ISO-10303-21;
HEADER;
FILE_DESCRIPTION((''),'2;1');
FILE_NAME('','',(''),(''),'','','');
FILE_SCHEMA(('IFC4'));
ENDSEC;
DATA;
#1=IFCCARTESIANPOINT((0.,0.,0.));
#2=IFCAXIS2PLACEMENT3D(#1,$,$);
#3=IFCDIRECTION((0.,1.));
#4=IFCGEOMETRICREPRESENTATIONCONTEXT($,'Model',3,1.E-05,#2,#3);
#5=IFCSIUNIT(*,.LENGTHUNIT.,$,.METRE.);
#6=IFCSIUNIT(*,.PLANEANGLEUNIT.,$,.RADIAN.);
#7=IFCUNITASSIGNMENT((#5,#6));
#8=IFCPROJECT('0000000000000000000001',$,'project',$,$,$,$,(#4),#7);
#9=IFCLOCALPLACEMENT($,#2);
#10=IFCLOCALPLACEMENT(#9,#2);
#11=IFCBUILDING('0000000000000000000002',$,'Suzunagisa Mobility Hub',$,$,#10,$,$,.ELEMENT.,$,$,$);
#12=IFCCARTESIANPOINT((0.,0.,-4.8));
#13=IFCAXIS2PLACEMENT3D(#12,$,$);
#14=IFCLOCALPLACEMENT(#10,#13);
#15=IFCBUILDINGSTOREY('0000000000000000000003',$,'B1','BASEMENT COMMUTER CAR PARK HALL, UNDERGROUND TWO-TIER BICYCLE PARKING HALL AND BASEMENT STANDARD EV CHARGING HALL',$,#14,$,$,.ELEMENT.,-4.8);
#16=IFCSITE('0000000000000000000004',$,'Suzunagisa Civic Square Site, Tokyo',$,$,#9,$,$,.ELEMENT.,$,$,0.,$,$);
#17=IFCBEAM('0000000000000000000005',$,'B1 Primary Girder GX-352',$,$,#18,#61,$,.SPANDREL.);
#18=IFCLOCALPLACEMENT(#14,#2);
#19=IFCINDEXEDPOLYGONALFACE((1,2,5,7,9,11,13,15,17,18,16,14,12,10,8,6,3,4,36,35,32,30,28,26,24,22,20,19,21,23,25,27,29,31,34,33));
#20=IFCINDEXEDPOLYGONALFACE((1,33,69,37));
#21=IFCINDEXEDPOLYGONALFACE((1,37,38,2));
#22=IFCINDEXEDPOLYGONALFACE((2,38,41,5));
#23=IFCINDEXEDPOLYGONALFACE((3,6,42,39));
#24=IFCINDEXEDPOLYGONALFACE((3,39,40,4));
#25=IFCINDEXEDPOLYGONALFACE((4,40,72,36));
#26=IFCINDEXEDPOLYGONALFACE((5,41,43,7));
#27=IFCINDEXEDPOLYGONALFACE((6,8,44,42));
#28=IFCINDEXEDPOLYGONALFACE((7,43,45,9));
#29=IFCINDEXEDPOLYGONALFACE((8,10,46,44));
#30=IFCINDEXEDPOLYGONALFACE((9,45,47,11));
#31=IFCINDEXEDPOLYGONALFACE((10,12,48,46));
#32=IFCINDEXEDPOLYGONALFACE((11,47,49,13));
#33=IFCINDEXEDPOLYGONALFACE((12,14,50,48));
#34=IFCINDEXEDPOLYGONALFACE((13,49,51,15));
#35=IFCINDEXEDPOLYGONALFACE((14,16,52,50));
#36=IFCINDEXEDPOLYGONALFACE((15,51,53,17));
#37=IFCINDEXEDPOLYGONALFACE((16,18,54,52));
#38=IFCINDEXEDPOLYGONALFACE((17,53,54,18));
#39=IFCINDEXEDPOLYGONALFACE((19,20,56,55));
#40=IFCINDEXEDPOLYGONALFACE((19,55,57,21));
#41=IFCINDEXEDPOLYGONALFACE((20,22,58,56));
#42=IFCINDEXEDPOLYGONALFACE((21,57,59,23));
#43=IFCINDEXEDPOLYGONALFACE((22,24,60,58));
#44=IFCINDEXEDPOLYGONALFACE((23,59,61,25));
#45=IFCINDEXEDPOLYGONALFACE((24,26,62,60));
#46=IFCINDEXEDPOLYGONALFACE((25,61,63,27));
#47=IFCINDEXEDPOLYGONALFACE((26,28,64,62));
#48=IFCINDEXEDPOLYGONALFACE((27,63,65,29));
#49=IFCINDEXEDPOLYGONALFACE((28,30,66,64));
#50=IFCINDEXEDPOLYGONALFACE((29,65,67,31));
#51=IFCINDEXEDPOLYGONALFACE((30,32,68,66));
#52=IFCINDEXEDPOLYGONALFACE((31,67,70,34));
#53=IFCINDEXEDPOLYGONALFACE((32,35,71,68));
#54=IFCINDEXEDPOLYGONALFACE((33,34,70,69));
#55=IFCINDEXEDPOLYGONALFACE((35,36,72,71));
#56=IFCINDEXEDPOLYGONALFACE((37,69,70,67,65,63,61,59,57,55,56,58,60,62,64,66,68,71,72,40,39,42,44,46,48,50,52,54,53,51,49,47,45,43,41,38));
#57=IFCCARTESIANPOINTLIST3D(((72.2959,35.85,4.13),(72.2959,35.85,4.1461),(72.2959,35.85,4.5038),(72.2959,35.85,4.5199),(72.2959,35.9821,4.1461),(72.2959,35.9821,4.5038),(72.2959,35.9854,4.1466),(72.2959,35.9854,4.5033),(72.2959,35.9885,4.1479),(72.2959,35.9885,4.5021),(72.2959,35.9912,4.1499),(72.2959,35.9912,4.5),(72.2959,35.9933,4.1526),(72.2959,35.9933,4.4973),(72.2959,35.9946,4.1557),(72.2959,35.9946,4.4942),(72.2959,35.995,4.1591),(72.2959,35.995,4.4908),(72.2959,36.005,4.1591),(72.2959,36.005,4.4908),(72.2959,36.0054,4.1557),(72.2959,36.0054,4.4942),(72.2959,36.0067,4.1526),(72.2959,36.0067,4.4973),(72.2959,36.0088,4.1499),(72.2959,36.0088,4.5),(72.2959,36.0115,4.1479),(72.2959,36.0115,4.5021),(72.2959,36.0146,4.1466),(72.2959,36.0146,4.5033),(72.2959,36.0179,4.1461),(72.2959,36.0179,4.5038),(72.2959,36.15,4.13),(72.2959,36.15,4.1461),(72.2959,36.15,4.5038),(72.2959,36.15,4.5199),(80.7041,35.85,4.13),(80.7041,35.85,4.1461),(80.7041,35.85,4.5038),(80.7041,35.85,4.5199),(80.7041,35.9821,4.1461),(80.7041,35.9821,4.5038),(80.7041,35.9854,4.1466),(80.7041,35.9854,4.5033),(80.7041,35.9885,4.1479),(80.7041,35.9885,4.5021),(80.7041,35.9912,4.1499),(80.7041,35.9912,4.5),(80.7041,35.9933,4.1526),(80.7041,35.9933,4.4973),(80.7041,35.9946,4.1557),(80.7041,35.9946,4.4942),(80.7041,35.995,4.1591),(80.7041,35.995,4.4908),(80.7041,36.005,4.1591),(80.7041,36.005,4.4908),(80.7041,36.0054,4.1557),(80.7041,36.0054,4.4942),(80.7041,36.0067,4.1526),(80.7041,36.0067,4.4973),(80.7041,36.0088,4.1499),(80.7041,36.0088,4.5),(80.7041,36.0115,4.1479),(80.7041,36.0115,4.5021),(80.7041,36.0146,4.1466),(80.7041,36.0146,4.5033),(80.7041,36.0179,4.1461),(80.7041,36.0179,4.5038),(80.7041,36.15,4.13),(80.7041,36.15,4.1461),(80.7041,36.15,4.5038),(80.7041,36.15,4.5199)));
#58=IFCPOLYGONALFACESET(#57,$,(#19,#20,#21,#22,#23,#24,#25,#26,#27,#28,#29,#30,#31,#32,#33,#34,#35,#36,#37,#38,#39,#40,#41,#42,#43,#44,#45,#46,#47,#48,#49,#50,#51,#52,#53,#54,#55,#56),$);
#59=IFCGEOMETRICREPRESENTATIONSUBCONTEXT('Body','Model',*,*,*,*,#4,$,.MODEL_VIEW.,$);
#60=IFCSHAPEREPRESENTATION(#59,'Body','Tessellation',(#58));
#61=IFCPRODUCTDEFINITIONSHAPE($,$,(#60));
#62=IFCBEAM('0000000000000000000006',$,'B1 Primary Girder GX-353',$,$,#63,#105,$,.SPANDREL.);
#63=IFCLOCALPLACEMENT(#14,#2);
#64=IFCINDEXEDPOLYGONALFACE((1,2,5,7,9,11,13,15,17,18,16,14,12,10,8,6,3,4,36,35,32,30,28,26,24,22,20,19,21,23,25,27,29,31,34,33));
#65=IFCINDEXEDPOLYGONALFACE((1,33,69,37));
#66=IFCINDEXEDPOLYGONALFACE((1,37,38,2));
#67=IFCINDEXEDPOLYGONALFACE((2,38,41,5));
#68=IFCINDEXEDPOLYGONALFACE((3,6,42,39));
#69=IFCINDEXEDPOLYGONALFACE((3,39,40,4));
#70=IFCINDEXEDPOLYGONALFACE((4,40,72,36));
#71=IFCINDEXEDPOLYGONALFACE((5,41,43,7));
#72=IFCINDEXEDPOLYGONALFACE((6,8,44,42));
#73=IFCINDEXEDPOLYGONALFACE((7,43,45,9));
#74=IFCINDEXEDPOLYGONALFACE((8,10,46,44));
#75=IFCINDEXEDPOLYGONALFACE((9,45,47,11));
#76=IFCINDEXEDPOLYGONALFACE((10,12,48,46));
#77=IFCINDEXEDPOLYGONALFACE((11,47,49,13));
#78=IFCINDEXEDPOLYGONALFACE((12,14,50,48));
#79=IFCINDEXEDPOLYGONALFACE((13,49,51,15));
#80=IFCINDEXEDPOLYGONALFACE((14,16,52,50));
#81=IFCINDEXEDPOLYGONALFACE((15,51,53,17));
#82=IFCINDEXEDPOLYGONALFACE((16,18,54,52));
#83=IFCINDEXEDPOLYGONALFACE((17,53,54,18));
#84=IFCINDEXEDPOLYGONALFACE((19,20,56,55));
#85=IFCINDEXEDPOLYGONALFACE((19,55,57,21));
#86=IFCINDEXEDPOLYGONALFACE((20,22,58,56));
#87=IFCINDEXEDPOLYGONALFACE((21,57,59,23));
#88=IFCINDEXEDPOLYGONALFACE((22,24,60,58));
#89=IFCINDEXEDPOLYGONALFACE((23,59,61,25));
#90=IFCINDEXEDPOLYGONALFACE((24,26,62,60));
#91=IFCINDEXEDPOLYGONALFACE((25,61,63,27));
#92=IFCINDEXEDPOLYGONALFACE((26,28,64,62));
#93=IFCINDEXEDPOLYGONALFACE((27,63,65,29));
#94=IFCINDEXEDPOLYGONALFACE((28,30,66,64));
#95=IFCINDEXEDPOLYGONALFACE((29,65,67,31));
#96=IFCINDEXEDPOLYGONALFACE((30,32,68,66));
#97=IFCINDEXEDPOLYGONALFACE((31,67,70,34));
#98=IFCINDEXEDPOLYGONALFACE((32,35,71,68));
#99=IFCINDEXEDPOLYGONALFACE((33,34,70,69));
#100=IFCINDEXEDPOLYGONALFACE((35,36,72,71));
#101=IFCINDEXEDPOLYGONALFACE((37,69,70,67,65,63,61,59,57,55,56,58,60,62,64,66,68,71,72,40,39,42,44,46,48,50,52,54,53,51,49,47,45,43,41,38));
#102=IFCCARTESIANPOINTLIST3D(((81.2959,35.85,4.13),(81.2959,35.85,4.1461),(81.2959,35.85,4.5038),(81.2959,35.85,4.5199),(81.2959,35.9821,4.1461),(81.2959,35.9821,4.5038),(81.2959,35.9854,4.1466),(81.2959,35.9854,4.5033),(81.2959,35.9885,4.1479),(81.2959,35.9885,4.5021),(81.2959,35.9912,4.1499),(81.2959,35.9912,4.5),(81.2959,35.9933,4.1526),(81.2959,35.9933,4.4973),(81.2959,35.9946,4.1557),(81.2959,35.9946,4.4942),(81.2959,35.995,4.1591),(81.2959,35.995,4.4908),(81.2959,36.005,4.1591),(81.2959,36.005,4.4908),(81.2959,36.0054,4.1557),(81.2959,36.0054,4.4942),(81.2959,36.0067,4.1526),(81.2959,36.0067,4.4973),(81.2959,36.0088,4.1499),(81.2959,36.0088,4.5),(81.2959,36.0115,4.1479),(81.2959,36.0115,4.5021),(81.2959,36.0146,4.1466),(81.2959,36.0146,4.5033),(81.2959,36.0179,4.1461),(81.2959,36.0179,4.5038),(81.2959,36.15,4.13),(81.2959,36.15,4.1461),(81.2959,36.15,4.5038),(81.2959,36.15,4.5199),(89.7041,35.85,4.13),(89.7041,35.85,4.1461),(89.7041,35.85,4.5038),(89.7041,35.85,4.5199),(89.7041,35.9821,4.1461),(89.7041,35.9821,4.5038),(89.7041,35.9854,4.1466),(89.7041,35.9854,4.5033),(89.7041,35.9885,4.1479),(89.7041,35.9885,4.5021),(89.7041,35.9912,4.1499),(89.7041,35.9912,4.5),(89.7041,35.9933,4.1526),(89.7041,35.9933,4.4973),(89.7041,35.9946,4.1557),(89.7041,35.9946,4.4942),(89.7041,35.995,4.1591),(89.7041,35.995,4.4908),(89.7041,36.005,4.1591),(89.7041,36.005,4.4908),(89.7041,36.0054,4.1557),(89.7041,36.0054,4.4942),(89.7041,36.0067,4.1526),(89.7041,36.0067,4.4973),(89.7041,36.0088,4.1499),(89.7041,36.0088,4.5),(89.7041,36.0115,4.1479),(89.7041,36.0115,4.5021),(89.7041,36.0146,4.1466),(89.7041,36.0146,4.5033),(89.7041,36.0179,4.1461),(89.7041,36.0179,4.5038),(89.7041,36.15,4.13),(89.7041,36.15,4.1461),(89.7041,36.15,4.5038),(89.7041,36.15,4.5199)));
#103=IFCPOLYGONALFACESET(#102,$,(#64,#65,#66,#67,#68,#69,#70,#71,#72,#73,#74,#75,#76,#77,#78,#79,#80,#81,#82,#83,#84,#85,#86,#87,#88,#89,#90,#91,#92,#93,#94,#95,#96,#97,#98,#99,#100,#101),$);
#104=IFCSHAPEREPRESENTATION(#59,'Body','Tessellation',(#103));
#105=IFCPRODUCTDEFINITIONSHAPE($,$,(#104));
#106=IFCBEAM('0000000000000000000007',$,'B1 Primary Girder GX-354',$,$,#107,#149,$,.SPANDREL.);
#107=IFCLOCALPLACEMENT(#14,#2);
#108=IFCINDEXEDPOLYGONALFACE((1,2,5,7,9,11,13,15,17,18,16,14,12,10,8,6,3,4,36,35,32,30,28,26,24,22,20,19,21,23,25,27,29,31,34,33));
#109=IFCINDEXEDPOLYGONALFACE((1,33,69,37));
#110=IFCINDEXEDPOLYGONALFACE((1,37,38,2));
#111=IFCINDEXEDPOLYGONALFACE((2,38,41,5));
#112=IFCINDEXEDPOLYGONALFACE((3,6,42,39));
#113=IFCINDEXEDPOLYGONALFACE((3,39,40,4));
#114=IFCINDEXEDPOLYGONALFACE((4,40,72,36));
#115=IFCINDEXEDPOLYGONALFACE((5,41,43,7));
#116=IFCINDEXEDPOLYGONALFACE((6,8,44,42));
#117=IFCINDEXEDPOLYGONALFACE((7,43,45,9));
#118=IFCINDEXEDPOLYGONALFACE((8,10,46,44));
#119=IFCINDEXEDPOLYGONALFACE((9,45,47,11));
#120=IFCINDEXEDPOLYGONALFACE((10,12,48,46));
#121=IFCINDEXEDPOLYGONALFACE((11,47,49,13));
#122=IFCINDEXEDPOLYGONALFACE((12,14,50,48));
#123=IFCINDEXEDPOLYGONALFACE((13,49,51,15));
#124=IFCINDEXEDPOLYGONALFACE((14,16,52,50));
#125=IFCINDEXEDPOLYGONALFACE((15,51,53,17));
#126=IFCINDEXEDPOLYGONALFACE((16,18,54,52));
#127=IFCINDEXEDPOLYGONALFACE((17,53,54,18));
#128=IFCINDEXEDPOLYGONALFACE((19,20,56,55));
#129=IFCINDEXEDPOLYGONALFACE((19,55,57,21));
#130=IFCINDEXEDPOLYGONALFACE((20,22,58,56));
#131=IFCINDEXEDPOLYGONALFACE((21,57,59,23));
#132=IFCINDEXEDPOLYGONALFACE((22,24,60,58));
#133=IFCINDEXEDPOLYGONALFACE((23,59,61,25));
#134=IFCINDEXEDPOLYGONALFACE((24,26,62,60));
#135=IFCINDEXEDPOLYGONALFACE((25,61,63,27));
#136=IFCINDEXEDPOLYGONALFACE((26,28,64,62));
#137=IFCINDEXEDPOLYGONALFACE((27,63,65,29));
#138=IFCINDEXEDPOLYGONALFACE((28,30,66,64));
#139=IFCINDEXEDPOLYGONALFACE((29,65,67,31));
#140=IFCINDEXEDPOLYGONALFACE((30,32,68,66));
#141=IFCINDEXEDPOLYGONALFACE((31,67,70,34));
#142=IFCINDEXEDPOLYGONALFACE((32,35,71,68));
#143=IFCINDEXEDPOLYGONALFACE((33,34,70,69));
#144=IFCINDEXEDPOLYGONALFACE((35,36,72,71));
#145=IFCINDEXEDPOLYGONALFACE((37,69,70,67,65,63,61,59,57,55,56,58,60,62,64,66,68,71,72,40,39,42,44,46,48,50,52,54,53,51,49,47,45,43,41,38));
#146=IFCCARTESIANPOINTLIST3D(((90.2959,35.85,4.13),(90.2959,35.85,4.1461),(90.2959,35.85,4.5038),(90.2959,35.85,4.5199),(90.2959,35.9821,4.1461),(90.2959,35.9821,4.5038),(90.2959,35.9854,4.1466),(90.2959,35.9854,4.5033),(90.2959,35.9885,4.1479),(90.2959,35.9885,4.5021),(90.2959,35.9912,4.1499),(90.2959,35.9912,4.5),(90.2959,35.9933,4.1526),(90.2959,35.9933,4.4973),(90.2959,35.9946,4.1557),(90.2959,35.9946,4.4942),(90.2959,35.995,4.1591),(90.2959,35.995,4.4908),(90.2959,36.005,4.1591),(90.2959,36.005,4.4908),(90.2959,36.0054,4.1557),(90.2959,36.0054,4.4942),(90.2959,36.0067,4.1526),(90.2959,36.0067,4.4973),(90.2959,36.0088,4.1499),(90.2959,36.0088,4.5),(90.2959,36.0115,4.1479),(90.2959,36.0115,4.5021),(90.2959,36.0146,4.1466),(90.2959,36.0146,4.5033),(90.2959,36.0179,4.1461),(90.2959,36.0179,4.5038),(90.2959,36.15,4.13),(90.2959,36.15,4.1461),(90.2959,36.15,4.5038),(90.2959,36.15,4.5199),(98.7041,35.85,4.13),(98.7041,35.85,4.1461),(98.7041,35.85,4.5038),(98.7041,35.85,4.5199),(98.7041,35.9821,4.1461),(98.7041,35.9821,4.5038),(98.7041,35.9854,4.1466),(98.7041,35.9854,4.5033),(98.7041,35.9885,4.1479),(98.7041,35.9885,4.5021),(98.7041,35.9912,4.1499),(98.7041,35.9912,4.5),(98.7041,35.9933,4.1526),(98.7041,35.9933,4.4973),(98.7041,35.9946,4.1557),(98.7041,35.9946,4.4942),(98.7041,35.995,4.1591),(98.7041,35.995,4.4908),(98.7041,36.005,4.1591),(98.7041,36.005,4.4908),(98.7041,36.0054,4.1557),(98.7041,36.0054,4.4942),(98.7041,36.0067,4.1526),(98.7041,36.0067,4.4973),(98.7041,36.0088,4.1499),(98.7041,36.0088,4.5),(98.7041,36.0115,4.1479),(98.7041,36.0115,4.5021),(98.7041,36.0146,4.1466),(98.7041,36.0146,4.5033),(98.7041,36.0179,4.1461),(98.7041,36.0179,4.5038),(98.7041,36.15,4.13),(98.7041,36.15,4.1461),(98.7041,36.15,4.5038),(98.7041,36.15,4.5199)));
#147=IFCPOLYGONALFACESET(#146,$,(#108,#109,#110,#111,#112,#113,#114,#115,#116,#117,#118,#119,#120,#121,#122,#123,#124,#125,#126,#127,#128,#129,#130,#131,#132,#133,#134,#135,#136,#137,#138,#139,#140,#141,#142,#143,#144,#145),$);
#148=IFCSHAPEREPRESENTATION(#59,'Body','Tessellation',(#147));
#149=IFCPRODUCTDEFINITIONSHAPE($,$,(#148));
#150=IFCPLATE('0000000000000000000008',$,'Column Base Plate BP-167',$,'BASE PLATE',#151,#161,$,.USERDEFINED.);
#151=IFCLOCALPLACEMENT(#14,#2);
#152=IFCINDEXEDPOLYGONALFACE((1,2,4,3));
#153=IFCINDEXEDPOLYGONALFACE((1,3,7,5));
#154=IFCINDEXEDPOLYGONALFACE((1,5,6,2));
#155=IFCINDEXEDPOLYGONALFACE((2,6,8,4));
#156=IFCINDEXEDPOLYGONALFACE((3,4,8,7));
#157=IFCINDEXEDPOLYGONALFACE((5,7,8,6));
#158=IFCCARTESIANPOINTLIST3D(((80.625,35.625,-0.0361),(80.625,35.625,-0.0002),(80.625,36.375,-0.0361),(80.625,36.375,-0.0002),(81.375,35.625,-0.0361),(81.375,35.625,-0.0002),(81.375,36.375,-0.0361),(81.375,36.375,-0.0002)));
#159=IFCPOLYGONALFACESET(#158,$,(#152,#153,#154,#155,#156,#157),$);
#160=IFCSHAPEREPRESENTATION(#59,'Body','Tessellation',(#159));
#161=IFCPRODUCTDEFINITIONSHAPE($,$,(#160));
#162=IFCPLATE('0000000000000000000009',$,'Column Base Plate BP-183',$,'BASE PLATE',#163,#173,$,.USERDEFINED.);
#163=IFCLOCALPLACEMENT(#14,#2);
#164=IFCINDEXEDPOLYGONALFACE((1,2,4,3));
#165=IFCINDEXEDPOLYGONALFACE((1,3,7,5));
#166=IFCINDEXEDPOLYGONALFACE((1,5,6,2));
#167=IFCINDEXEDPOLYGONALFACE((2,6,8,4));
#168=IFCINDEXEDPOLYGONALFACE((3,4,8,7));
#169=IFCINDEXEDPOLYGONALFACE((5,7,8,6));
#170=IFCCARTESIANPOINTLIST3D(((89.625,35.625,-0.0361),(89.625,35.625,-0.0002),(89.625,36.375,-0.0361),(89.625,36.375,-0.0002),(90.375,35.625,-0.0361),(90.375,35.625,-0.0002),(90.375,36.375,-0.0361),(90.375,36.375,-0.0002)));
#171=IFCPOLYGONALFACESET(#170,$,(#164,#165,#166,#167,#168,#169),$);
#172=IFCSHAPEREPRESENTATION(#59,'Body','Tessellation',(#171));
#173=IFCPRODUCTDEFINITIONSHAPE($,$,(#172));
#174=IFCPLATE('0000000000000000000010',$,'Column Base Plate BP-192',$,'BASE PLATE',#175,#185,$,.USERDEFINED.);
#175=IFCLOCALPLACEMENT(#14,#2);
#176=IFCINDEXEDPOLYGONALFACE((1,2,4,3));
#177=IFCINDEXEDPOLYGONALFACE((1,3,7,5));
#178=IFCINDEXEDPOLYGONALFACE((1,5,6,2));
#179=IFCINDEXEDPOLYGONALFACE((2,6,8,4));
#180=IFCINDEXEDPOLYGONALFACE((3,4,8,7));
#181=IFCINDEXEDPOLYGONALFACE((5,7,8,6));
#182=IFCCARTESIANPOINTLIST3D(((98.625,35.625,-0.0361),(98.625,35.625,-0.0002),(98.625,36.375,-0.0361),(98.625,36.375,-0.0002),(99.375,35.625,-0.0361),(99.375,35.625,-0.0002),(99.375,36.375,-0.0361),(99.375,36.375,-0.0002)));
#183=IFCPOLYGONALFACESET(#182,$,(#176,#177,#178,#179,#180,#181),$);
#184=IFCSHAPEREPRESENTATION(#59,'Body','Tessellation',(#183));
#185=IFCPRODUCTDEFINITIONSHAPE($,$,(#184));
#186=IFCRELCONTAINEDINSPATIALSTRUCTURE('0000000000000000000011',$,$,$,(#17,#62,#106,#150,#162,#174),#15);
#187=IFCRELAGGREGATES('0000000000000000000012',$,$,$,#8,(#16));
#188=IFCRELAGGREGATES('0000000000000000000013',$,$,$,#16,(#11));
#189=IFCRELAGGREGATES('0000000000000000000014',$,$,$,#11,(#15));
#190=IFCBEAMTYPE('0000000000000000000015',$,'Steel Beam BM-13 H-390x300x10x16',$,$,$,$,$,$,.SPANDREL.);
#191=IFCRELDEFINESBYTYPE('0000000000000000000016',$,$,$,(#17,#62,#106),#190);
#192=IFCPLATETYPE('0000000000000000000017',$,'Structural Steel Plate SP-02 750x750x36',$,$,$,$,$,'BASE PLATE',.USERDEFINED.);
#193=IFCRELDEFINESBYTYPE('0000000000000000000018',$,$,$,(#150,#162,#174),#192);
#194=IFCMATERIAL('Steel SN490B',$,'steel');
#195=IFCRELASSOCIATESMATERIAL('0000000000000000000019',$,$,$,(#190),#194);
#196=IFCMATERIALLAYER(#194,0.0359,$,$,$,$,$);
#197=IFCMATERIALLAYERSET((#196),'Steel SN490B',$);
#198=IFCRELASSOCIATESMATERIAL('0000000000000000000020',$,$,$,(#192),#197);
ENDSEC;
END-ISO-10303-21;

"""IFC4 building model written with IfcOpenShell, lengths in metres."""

from ifc_helpers import new_model, si_unit, direction, frame, origin, origin_2d, place, context, subcontext, project, spatial, rectangle, i_section, extrude, material, layer, layer_set, material_profile, profile_set, type_object, element, save


model = new_model("IFC4")

# Units and contexts
model_context = context("Model", 3, precision=1e-05, world=origin(), true_north=direction((0.0, 1.0)))
body_context = subcontext(model_context, "Body", "Model", "MODEL_VIEW")
ifc_project = project(units=[si_unit("LENGTHUNIT", "METRE"), si_unit("PLANEANGLEUNIT", "RADIAN")], contexts=[model_context])

# Site, building, storey
site_placement = place(None, origin())
site = spatial("IfcSite", under=ifc_project, at=site_placement, Name="Suzunagisa Civic Square Site, Tokyo", CompositionType="ELEMENT", RefElevation=0.0)
building_placement = place(site_placement, origin())
building = spatial("IfcBuilding", under=site, at=building_placement, Name="Suzunagisa Mobility Hub", CompositionType="ELEMENT")
storey_placement = place(building_placement, frame((0.0, 0.0, -4.8)))
storey = spatial("IfcBuildingStorey", under=building, at=storey_placement, Name="B1", Description="BASEMENT COMMUTER CAR PARK HALL, UNDERGROUND TWO-TIER BICYCLE PARKING HALL AND BASEMENT STANDARD EV CHARGING HALL", CompositionType="ELEMENT", Elevation=-4.8)

# Shared definitions
ifc_material_1 = material(Name="Steel SN490B", Category="steel")

# Beams
ifc_material_profile_1 = material_profile(ifc_material_1, i_section(OverallWidth=0.3, OverallDepth=0.3899, WebThickness=0.01, FlangeThickness=0.0161, FilletRadius=0.0129, at=origin_2d()), Name="H-390x300x10x16")
ifc_profile_set_1 = profile_set([ifc_material_profile_1], Name="Steel SN490B")
beam_type = type_object("IfcBeamType", Name="Steel Beam BM-13 H-390x300x10x16", PredefinedType="SPANDREL", material=ifc_profile_set_1)
for number, where, z_axis, x_axis, name in (
    (1, (72.2959, 36.0, 4.325), (1.0, 0.0, 0.0), (0.0, 1.0, 0.0), "B1 Primary Girder GX-352"),
    (2, (81.2959, 36.0, 4.325), (1.0, 0.0, 0.0), (0.0, 1.0, 0.0), "B1 Primary Girder GX-353"),
    (3, (90.2959, 36.0, 4.325), (1.0, 0.0, 0.0), (0.0, 1.0, 0.0), "B1 Primary Girder GX-354"),
):
    element("IfcBeam", number, at=place(storey_placement, frame(where, z_axis=z_axis, x_axis=x_axis)), inside=storey, type_object=beam_type, Name=name, PredefinedType="SPANDREL", context=body_context, shape_type="SweptSolid", body=[
        extrude(i_section(OverallWidth=0.3, OverallDepth=0.3899, WebThickness=0.01, FlangeThickness=0.0161, FilletRadius=0.0129, at=origin_2d()), origin(), (0.0, 0.0, 1.0), 8.4082),
    ])

# Plates
ifc_layer = layer(ifc_material_1, 0.0359)
ifc_layer_set = layer_set([ifc_layer], Name="Steel SN490B")
plate_type = type_object("IfcPlateType", Name="Structural Steel Plate SP-02 750x750x36", ElementType="BASE PLATE", PredefinedType="USERDEFINED", material=ifc_layer_set)
for number, where, z_axis, x_axis, name in (
    (4, (81.0, 36.0, -0.0361), (0.0, 0.0, 1.0), (1.0, 0.0, 0.0), "Column Base Plate BP-167"),
    (5, (90.0, 36.0, -0.0361), (0.0, 0.0, 1.0), (1.0, 0.0, 0.0), "Column Base Plate BP-183"),
    (6, (99.0, 36.0, -0.0361), (0.0, 0.0, 1.0), (1.0, 0.0, 0.0), "Column Base Plate BP-192"),
):
    element("IfcPlate", number, at=place(storey_placement, frame(where, z_axis=z_axis, x_axis=x_axis)), inside=storey, type_object=plate_type, Name=name, ObjectType="BASE PLATE", PredefinedType="USERDEFINED", context=body_context, shape_type="SweptSolid", body=[
        extrude(rectangle(XDim=0.75, YDim=0.75, at=origin_2d()), origin(), (0.0, 0.0, 1.0), 0.0359),
    ])

save(model, "model.ifc")
